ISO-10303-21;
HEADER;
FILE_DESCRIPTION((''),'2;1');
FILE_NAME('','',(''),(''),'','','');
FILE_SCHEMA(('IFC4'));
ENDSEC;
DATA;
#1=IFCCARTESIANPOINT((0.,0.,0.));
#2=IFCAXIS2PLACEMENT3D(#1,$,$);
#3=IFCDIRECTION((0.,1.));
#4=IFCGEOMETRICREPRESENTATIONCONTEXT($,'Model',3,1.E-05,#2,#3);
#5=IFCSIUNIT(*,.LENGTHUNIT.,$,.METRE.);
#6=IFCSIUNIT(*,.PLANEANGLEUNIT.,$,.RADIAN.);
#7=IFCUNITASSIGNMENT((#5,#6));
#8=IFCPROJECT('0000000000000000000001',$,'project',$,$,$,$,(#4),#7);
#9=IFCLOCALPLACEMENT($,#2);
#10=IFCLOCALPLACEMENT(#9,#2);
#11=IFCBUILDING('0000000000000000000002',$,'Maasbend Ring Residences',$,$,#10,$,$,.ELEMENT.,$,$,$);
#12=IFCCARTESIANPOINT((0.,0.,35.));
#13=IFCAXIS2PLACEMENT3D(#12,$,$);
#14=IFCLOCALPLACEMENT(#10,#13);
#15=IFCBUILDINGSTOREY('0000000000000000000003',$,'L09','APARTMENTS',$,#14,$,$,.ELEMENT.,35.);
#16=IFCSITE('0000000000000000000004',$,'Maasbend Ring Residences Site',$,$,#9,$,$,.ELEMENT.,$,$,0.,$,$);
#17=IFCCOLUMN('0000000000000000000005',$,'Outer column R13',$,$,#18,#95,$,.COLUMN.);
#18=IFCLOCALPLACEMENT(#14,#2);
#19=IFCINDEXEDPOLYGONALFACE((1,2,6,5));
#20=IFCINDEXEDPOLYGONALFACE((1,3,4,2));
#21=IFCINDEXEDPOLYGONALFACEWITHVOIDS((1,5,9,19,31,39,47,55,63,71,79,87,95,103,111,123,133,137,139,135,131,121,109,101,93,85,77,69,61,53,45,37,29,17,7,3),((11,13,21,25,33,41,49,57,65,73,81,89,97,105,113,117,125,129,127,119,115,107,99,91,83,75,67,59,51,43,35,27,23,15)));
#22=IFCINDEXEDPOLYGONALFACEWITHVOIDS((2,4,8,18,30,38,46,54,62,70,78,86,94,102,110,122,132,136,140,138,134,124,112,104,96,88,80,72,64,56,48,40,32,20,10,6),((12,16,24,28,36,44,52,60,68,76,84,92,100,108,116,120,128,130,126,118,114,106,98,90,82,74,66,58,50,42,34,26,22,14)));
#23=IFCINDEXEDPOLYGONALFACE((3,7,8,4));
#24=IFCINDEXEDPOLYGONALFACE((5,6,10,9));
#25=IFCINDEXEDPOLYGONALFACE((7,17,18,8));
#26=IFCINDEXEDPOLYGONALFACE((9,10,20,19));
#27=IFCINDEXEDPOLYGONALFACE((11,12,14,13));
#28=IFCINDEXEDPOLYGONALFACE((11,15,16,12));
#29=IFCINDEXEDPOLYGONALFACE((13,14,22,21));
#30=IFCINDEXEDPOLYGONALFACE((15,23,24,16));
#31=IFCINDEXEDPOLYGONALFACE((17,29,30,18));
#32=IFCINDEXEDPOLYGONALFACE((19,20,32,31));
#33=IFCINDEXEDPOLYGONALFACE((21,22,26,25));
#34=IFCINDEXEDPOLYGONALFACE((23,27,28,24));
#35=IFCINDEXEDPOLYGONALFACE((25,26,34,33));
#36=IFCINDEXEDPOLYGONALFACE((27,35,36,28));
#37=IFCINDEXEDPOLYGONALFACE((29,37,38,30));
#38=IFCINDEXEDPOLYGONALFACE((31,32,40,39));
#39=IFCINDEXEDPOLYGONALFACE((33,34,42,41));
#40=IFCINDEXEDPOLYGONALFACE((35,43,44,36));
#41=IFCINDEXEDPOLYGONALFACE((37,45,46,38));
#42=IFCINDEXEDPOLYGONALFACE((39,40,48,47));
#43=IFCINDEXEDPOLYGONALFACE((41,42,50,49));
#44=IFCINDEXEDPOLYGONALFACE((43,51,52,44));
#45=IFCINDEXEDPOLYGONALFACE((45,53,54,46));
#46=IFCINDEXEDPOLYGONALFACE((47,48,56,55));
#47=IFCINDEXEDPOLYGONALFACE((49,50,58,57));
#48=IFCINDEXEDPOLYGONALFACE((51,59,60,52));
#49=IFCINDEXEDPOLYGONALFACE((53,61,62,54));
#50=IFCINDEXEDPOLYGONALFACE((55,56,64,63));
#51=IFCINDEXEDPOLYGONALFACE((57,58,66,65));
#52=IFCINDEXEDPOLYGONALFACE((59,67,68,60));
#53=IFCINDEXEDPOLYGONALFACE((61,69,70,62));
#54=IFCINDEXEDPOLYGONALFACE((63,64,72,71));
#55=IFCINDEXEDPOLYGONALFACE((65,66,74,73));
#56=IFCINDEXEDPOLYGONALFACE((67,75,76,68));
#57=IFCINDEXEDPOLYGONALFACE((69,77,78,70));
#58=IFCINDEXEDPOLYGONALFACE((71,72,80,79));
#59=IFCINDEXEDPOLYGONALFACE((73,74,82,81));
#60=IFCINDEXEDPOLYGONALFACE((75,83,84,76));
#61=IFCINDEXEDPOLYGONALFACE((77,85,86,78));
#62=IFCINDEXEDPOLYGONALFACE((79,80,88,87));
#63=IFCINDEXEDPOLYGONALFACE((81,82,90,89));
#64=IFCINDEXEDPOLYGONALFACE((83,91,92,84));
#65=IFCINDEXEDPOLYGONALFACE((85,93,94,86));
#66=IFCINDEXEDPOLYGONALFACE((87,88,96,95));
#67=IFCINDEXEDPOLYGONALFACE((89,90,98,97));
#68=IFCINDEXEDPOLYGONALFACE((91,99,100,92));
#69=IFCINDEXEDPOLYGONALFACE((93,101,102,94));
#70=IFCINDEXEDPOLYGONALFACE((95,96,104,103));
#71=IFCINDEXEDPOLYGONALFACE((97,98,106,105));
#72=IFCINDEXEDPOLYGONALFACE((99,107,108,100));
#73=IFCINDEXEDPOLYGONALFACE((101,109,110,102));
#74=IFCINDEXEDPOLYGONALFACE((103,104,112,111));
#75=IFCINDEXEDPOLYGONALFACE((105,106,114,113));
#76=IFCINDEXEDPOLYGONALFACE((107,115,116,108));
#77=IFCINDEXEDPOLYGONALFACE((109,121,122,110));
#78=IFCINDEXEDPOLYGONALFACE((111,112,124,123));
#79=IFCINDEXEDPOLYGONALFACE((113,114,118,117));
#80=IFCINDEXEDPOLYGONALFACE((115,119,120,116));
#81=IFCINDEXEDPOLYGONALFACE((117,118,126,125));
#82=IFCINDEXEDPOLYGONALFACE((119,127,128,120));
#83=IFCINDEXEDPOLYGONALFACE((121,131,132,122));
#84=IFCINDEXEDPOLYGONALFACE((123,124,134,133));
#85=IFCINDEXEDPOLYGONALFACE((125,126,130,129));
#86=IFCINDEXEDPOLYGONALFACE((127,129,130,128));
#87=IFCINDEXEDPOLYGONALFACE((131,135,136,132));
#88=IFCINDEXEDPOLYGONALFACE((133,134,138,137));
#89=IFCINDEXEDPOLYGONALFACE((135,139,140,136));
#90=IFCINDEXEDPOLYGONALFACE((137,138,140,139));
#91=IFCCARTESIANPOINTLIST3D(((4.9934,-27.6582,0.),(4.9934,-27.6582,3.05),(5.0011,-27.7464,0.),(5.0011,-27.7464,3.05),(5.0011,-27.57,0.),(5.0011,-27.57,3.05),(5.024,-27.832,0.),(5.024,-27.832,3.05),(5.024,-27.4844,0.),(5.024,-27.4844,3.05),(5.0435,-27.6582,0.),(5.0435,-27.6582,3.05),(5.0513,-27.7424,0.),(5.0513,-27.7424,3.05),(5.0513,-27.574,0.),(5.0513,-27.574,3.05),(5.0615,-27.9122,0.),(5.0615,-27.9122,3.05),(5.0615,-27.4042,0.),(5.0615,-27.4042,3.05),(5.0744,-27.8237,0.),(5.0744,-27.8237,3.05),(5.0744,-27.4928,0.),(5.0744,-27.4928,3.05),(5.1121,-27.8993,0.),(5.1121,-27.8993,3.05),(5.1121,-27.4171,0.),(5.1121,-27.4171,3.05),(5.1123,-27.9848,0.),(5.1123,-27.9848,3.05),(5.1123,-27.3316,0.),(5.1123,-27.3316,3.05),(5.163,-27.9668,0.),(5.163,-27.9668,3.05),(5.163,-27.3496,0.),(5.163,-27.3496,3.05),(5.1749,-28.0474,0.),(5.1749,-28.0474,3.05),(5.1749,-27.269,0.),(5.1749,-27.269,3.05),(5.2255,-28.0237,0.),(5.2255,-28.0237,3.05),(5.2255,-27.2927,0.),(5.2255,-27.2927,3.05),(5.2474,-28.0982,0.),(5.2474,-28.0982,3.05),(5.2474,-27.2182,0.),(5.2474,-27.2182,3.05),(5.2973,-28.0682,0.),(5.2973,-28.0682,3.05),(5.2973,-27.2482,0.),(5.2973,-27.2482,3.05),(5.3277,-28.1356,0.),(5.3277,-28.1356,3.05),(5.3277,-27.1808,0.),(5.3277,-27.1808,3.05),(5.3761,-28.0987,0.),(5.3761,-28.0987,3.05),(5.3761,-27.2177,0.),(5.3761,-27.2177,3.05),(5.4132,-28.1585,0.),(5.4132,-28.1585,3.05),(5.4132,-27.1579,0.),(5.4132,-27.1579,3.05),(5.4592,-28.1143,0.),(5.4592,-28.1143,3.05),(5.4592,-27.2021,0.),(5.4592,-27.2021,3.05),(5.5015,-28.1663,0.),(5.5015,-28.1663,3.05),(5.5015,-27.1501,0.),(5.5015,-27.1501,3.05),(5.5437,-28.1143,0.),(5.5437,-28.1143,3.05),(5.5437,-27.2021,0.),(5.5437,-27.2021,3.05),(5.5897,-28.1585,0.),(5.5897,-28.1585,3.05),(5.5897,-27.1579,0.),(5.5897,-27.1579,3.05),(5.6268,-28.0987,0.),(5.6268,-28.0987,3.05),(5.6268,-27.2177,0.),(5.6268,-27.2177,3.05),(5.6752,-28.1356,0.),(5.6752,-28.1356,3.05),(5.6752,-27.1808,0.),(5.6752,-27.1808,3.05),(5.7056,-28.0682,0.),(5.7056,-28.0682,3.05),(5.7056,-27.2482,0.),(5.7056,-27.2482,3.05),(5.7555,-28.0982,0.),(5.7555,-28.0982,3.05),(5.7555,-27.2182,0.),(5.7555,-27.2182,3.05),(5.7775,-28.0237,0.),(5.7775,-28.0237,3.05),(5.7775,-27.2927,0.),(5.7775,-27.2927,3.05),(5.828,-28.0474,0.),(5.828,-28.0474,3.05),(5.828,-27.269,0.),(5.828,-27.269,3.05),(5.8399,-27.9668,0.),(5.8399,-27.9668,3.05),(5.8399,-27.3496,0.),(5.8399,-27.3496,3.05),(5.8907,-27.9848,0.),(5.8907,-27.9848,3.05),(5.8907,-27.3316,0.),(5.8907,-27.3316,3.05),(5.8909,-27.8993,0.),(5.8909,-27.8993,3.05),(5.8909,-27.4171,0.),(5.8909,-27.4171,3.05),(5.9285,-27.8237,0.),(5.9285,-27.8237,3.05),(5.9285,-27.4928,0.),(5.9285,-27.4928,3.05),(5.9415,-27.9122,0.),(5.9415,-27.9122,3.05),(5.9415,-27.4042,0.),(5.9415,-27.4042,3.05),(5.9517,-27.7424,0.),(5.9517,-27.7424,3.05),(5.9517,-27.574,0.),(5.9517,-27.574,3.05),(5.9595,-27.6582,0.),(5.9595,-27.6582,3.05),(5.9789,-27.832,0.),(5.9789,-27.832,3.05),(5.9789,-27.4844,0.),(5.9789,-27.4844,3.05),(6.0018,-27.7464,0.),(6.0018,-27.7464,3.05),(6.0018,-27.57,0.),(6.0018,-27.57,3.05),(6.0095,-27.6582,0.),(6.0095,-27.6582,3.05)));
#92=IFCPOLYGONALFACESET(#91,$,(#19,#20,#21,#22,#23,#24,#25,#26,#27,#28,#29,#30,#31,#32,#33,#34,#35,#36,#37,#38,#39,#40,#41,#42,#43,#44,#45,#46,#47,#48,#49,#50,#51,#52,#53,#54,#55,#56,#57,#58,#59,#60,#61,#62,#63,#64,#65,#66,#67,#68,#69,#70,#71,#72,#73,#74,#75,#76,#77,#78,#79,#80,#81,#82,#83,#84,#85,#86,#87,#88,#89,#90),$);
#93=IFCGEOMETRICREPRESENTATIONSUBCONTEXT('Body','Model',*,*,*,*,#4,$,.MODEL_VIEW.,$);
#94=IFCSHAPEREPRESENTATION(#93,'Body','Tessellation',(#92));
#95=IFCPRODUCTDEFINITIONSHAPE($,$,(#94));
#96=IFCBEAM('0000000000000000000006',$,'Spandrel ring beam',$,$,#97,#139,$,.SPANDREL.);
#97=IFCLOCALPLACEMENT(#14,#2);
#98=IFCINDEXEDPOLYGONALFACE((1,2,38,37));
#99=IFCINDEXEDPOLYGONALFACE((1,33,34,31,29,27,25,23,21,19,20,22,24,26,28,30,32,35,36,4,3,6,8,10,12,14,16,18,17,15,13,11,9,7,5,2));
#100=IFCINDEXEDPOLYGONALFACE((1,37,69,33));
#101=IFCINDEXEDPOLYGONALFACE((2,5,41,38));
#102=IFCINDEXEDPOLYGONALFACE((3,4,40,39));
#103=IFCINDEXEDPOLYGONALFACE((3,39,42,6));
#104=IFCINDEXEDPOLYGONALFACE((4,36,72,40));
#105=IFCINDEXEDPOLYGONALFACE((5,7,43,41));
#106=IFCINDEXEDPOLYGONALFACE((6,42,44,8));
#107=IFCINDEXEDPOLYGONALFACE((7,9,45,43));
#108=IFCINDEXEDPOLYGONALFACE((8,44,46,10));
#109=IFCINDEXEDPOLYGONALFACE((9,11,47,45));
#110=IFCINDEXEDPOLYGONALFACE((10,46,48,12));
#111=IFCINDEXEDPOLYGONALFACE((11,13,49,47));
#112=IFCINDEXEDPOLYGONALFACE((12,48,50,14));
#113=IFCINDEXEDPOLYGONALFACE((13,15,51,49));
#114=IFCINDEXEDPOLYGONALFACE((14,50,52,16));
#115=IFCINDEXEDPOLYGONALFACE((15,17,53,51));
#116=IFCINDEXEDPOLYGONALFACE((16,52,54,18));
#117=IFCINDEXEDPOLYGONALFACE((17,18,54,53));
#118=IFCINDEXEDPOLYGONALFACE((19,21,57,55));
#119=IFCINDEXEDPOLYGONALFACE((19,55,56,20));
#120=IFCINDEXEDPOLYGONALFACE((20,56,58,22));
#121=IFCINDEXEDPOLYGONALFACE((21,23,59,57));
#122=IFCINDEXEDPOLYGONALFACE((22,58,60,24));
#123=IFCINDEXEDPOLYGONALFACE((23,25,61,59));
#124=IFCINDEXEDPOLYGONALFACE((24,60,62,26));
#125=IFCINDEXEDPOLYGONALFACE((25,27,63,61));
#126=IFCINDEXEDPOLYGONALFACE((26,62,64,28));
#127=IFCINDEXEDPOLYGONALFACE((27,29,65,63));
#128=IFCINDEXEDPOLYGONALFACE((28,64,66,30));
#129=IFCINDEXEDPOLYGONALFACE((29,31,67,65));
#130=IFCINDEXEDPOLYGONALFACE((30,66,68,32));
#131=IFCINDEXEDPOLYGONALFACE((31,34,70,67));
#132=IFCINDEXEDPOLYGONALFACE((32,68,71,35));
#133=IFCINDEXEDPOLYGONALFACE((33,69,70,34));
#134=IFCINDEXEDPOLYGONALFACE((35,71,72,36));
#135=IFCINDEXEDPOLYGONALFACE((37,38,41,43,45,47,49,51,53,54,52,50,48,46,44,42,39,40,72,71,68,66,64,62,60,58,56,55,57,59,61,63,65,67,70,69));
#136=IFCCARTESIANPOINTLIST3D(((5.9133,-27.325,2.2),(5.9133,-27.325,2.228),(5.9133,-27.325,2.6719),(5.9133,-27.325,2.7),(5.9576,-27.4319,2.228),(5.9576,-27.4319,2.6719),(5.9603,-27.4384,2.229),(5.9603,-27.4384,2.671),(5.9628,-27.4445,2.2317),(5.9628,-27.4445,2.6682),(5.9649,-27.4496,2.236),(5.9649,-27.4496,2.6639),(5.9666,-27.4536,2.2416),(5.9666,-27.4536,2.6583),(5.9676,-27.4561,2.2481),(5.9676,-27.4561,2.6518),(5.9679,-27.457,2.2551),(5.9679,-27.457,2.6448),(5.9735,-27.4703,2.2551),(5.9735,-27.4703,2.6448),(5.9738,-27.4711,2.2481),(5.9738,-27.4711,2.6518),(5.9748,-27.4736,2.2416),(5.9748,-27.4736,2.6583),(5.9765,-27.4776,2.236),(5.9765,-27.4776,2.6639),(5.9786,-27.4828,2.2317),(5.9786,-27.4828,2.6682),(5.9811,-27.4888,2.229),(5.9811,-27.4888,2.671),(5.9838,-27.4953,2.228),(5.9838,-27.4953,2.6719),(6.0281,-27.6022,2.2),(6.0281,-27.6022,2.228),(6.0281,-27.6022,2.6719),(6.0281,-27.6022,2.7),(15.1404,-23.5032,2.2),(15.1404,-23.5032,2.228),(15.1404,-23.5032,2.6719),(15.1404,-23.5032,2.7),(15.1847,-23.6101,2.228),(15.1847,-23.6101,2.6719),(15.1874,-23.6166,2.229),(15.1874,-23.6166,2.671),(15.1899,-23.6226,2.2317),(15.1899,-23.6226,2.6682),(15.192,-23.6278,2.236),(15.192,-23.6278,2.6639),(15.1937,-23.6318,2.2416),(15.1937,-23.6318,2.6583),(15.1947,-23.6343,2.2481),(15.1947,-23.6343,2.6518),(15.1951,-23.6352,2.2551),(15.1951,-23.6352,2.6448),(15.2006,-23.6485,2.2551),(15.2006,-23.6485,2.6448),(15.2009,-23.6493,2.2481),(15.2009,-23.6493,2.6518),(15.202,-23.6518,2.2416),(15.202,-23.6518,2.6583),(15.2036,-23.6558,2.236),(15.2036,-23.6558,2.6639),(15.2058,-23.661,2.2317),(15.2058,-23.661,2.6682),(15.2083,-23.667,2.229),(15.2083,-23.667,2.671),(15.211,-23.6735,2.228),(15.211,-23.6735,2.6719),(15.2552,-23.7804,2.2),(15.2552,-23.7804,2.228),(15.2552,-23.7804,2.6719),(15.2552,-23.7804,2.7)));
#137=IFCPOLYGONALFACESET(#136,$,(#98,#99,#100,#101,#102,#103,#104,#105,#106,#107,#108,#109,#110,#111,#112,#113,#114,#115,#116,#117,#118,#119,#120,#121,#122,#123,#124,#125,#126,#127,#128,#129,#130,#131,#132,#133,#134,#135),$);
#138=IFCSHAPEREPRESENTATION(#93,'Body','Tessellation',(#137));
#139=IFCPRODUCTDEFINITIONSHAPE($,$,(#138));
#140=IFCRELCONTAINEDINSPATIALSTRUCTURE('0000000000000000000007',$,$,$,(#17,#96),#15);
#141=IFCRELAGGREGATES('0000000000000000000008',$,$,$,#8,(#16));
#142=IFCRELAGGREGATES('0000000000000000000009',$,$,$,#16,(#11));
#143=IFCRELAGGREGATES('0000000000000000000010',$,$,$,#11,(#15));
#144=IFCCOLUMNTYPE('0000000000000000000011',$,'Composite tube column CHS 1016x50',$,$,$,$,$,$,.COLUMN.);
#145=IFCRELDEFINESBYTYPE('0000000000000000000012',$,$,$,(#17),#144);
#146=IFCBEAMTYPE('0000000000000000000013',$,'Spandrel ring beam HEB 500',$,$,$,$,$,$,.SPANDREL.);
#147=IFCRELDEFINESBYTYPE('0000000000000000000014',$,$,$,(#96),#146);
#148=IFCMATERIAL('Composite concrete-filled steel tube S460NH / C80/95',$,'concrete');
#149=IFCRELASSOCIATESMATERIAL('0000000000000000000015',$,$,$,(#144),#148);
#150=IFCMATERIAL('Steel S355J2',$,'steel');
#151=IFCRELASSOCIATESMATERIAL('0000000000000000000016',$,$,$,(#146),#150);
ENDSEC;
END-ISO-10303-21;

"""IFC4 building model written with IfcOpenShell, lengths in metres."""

from ifc_helpers import new_model, si_unit, direction, frame, origin, origin_2d, place, context, subcontext, project, spatial, hollow_circle, i_section, extrude, material, material_profile, profile_set, type_object, element, save


model = new_model("IFC4")

# Units and contexts
model_context = context("Model", 3, precision=1e-05, world=origin(), true_north=direction((0.0, 1.0)))
body_context = subcontext(model_context, "Body", "Model", "MODEL_VIEW")
ifc_project = project(units=[si_unit("LENGTHUNIT", "METRE"), si_unit("PLANEANGLEUNIT", "RADIAN")], contexts=[model_context])

# Site, building, storey
site_placement = place(None, origin())
site = spatial("IfcSite", under=ifc_project, at=site_placement, Name="Maasbend Ring Residences Site", CompositionType="ELEMENT", RefElevation=0.0)
building_placement = place(site_placement, origin())
building = spatial("IfcBuilding", under=site, at=building_placement, Name="Maasbend Ring Residences", CompositionType="ELEMENT")
storey_placement = place(building_placement, frame((0.0, 0.0, 35.0)))
storey = spatial("IfcBuildingStorey", under=building, at=storey_placement, Name="L09", Description="APARTMENTS", CompositionType="ELEMENT", Elevation=35.0)

# Column
ifc_material_1 = material(Name="Composite concrete-filled steel tube S460NH / C80/95", Category="concrete")
ifc_material_profile_1 = material_profile(ifc_material_1, hollow_circle(Radius=0.5081, WallThickness=0.05, at=origin_2d()), Name="Composite tube column CHS 1016x50")
ifc_profile_set_1 = profile_set([ifc_material_profile_1], Name="Composite concrete-filled steel tube S460NH / C80/95")
column_type = type_object("IfcColumnType", Name="Composite tube column CHS 1016x50", PredefinedType="COLUMN", material=ifc_profile_set_1)
column_placement = place(storey_placement, frame((5.5015, -27.6582, 0.0), z_axis=(0.0, 0.0, 1.0), x_axis=(1.0, 0.0, 0.0)))
element("IfcColumn", 1, at=column_placement, inside=storey, type_object=column_type, Name="Outer column R13", PredefinedType="COLUMN", context=body_context, shape_type="SweptSolid", body=[
    extrude(hollow_circle(Radius=0.5081, WallThickness=0.05, at=origin_2d()), origin(), (0.0, 0.0, 1.0), 3.05),
])

# Beam
ifc_material_2 = material(Name="Steel S355J2", Category="steel")
ifc_material_profile_2 = material_profile(ifc_material_2, i_section(OverallWidth=0.3, OverallDepth=0.5, WebThickness=0.0144, FlangeThickness=0.0281, FilletRadius=0.0271, at=origin_2d()), Name="HEB 500")
ifc_profile_set_2 = profile_set([ifc_material_profile_2], Name="Steel S355J2")
beam_type = type_object("IfcBeamType", Name="Spandrel ring beam HEB 500", PredefinedType="SPANDREL", material=ifc_profile_set_2)
beam_placement = place(storey_placement, frame((5.9707, -27.4636, 2.45), z_axis=(0.923886, 0.382667, 0.0), x_axis=(-0.382667, 0.923886, 0.0)))
element("IfcBeam", 2, at=beam_placement, inside=storey, type_object=beam_type, Name="Spandrel ring beam", PredefinedType="SPANDREL", context=body_context, shape_type="SweptSolid", body=[
    extrude(i_section(OverallWidth=0.3, OverallDepth=0.5, WebThickness=0.0144, FlangeThickness=0.0281, FilletRadius=0.0271, at=origin_2d()), origin(), (0.0, 0.0, 1.0), 9.9873),
])

save(model, "model.ifc")
